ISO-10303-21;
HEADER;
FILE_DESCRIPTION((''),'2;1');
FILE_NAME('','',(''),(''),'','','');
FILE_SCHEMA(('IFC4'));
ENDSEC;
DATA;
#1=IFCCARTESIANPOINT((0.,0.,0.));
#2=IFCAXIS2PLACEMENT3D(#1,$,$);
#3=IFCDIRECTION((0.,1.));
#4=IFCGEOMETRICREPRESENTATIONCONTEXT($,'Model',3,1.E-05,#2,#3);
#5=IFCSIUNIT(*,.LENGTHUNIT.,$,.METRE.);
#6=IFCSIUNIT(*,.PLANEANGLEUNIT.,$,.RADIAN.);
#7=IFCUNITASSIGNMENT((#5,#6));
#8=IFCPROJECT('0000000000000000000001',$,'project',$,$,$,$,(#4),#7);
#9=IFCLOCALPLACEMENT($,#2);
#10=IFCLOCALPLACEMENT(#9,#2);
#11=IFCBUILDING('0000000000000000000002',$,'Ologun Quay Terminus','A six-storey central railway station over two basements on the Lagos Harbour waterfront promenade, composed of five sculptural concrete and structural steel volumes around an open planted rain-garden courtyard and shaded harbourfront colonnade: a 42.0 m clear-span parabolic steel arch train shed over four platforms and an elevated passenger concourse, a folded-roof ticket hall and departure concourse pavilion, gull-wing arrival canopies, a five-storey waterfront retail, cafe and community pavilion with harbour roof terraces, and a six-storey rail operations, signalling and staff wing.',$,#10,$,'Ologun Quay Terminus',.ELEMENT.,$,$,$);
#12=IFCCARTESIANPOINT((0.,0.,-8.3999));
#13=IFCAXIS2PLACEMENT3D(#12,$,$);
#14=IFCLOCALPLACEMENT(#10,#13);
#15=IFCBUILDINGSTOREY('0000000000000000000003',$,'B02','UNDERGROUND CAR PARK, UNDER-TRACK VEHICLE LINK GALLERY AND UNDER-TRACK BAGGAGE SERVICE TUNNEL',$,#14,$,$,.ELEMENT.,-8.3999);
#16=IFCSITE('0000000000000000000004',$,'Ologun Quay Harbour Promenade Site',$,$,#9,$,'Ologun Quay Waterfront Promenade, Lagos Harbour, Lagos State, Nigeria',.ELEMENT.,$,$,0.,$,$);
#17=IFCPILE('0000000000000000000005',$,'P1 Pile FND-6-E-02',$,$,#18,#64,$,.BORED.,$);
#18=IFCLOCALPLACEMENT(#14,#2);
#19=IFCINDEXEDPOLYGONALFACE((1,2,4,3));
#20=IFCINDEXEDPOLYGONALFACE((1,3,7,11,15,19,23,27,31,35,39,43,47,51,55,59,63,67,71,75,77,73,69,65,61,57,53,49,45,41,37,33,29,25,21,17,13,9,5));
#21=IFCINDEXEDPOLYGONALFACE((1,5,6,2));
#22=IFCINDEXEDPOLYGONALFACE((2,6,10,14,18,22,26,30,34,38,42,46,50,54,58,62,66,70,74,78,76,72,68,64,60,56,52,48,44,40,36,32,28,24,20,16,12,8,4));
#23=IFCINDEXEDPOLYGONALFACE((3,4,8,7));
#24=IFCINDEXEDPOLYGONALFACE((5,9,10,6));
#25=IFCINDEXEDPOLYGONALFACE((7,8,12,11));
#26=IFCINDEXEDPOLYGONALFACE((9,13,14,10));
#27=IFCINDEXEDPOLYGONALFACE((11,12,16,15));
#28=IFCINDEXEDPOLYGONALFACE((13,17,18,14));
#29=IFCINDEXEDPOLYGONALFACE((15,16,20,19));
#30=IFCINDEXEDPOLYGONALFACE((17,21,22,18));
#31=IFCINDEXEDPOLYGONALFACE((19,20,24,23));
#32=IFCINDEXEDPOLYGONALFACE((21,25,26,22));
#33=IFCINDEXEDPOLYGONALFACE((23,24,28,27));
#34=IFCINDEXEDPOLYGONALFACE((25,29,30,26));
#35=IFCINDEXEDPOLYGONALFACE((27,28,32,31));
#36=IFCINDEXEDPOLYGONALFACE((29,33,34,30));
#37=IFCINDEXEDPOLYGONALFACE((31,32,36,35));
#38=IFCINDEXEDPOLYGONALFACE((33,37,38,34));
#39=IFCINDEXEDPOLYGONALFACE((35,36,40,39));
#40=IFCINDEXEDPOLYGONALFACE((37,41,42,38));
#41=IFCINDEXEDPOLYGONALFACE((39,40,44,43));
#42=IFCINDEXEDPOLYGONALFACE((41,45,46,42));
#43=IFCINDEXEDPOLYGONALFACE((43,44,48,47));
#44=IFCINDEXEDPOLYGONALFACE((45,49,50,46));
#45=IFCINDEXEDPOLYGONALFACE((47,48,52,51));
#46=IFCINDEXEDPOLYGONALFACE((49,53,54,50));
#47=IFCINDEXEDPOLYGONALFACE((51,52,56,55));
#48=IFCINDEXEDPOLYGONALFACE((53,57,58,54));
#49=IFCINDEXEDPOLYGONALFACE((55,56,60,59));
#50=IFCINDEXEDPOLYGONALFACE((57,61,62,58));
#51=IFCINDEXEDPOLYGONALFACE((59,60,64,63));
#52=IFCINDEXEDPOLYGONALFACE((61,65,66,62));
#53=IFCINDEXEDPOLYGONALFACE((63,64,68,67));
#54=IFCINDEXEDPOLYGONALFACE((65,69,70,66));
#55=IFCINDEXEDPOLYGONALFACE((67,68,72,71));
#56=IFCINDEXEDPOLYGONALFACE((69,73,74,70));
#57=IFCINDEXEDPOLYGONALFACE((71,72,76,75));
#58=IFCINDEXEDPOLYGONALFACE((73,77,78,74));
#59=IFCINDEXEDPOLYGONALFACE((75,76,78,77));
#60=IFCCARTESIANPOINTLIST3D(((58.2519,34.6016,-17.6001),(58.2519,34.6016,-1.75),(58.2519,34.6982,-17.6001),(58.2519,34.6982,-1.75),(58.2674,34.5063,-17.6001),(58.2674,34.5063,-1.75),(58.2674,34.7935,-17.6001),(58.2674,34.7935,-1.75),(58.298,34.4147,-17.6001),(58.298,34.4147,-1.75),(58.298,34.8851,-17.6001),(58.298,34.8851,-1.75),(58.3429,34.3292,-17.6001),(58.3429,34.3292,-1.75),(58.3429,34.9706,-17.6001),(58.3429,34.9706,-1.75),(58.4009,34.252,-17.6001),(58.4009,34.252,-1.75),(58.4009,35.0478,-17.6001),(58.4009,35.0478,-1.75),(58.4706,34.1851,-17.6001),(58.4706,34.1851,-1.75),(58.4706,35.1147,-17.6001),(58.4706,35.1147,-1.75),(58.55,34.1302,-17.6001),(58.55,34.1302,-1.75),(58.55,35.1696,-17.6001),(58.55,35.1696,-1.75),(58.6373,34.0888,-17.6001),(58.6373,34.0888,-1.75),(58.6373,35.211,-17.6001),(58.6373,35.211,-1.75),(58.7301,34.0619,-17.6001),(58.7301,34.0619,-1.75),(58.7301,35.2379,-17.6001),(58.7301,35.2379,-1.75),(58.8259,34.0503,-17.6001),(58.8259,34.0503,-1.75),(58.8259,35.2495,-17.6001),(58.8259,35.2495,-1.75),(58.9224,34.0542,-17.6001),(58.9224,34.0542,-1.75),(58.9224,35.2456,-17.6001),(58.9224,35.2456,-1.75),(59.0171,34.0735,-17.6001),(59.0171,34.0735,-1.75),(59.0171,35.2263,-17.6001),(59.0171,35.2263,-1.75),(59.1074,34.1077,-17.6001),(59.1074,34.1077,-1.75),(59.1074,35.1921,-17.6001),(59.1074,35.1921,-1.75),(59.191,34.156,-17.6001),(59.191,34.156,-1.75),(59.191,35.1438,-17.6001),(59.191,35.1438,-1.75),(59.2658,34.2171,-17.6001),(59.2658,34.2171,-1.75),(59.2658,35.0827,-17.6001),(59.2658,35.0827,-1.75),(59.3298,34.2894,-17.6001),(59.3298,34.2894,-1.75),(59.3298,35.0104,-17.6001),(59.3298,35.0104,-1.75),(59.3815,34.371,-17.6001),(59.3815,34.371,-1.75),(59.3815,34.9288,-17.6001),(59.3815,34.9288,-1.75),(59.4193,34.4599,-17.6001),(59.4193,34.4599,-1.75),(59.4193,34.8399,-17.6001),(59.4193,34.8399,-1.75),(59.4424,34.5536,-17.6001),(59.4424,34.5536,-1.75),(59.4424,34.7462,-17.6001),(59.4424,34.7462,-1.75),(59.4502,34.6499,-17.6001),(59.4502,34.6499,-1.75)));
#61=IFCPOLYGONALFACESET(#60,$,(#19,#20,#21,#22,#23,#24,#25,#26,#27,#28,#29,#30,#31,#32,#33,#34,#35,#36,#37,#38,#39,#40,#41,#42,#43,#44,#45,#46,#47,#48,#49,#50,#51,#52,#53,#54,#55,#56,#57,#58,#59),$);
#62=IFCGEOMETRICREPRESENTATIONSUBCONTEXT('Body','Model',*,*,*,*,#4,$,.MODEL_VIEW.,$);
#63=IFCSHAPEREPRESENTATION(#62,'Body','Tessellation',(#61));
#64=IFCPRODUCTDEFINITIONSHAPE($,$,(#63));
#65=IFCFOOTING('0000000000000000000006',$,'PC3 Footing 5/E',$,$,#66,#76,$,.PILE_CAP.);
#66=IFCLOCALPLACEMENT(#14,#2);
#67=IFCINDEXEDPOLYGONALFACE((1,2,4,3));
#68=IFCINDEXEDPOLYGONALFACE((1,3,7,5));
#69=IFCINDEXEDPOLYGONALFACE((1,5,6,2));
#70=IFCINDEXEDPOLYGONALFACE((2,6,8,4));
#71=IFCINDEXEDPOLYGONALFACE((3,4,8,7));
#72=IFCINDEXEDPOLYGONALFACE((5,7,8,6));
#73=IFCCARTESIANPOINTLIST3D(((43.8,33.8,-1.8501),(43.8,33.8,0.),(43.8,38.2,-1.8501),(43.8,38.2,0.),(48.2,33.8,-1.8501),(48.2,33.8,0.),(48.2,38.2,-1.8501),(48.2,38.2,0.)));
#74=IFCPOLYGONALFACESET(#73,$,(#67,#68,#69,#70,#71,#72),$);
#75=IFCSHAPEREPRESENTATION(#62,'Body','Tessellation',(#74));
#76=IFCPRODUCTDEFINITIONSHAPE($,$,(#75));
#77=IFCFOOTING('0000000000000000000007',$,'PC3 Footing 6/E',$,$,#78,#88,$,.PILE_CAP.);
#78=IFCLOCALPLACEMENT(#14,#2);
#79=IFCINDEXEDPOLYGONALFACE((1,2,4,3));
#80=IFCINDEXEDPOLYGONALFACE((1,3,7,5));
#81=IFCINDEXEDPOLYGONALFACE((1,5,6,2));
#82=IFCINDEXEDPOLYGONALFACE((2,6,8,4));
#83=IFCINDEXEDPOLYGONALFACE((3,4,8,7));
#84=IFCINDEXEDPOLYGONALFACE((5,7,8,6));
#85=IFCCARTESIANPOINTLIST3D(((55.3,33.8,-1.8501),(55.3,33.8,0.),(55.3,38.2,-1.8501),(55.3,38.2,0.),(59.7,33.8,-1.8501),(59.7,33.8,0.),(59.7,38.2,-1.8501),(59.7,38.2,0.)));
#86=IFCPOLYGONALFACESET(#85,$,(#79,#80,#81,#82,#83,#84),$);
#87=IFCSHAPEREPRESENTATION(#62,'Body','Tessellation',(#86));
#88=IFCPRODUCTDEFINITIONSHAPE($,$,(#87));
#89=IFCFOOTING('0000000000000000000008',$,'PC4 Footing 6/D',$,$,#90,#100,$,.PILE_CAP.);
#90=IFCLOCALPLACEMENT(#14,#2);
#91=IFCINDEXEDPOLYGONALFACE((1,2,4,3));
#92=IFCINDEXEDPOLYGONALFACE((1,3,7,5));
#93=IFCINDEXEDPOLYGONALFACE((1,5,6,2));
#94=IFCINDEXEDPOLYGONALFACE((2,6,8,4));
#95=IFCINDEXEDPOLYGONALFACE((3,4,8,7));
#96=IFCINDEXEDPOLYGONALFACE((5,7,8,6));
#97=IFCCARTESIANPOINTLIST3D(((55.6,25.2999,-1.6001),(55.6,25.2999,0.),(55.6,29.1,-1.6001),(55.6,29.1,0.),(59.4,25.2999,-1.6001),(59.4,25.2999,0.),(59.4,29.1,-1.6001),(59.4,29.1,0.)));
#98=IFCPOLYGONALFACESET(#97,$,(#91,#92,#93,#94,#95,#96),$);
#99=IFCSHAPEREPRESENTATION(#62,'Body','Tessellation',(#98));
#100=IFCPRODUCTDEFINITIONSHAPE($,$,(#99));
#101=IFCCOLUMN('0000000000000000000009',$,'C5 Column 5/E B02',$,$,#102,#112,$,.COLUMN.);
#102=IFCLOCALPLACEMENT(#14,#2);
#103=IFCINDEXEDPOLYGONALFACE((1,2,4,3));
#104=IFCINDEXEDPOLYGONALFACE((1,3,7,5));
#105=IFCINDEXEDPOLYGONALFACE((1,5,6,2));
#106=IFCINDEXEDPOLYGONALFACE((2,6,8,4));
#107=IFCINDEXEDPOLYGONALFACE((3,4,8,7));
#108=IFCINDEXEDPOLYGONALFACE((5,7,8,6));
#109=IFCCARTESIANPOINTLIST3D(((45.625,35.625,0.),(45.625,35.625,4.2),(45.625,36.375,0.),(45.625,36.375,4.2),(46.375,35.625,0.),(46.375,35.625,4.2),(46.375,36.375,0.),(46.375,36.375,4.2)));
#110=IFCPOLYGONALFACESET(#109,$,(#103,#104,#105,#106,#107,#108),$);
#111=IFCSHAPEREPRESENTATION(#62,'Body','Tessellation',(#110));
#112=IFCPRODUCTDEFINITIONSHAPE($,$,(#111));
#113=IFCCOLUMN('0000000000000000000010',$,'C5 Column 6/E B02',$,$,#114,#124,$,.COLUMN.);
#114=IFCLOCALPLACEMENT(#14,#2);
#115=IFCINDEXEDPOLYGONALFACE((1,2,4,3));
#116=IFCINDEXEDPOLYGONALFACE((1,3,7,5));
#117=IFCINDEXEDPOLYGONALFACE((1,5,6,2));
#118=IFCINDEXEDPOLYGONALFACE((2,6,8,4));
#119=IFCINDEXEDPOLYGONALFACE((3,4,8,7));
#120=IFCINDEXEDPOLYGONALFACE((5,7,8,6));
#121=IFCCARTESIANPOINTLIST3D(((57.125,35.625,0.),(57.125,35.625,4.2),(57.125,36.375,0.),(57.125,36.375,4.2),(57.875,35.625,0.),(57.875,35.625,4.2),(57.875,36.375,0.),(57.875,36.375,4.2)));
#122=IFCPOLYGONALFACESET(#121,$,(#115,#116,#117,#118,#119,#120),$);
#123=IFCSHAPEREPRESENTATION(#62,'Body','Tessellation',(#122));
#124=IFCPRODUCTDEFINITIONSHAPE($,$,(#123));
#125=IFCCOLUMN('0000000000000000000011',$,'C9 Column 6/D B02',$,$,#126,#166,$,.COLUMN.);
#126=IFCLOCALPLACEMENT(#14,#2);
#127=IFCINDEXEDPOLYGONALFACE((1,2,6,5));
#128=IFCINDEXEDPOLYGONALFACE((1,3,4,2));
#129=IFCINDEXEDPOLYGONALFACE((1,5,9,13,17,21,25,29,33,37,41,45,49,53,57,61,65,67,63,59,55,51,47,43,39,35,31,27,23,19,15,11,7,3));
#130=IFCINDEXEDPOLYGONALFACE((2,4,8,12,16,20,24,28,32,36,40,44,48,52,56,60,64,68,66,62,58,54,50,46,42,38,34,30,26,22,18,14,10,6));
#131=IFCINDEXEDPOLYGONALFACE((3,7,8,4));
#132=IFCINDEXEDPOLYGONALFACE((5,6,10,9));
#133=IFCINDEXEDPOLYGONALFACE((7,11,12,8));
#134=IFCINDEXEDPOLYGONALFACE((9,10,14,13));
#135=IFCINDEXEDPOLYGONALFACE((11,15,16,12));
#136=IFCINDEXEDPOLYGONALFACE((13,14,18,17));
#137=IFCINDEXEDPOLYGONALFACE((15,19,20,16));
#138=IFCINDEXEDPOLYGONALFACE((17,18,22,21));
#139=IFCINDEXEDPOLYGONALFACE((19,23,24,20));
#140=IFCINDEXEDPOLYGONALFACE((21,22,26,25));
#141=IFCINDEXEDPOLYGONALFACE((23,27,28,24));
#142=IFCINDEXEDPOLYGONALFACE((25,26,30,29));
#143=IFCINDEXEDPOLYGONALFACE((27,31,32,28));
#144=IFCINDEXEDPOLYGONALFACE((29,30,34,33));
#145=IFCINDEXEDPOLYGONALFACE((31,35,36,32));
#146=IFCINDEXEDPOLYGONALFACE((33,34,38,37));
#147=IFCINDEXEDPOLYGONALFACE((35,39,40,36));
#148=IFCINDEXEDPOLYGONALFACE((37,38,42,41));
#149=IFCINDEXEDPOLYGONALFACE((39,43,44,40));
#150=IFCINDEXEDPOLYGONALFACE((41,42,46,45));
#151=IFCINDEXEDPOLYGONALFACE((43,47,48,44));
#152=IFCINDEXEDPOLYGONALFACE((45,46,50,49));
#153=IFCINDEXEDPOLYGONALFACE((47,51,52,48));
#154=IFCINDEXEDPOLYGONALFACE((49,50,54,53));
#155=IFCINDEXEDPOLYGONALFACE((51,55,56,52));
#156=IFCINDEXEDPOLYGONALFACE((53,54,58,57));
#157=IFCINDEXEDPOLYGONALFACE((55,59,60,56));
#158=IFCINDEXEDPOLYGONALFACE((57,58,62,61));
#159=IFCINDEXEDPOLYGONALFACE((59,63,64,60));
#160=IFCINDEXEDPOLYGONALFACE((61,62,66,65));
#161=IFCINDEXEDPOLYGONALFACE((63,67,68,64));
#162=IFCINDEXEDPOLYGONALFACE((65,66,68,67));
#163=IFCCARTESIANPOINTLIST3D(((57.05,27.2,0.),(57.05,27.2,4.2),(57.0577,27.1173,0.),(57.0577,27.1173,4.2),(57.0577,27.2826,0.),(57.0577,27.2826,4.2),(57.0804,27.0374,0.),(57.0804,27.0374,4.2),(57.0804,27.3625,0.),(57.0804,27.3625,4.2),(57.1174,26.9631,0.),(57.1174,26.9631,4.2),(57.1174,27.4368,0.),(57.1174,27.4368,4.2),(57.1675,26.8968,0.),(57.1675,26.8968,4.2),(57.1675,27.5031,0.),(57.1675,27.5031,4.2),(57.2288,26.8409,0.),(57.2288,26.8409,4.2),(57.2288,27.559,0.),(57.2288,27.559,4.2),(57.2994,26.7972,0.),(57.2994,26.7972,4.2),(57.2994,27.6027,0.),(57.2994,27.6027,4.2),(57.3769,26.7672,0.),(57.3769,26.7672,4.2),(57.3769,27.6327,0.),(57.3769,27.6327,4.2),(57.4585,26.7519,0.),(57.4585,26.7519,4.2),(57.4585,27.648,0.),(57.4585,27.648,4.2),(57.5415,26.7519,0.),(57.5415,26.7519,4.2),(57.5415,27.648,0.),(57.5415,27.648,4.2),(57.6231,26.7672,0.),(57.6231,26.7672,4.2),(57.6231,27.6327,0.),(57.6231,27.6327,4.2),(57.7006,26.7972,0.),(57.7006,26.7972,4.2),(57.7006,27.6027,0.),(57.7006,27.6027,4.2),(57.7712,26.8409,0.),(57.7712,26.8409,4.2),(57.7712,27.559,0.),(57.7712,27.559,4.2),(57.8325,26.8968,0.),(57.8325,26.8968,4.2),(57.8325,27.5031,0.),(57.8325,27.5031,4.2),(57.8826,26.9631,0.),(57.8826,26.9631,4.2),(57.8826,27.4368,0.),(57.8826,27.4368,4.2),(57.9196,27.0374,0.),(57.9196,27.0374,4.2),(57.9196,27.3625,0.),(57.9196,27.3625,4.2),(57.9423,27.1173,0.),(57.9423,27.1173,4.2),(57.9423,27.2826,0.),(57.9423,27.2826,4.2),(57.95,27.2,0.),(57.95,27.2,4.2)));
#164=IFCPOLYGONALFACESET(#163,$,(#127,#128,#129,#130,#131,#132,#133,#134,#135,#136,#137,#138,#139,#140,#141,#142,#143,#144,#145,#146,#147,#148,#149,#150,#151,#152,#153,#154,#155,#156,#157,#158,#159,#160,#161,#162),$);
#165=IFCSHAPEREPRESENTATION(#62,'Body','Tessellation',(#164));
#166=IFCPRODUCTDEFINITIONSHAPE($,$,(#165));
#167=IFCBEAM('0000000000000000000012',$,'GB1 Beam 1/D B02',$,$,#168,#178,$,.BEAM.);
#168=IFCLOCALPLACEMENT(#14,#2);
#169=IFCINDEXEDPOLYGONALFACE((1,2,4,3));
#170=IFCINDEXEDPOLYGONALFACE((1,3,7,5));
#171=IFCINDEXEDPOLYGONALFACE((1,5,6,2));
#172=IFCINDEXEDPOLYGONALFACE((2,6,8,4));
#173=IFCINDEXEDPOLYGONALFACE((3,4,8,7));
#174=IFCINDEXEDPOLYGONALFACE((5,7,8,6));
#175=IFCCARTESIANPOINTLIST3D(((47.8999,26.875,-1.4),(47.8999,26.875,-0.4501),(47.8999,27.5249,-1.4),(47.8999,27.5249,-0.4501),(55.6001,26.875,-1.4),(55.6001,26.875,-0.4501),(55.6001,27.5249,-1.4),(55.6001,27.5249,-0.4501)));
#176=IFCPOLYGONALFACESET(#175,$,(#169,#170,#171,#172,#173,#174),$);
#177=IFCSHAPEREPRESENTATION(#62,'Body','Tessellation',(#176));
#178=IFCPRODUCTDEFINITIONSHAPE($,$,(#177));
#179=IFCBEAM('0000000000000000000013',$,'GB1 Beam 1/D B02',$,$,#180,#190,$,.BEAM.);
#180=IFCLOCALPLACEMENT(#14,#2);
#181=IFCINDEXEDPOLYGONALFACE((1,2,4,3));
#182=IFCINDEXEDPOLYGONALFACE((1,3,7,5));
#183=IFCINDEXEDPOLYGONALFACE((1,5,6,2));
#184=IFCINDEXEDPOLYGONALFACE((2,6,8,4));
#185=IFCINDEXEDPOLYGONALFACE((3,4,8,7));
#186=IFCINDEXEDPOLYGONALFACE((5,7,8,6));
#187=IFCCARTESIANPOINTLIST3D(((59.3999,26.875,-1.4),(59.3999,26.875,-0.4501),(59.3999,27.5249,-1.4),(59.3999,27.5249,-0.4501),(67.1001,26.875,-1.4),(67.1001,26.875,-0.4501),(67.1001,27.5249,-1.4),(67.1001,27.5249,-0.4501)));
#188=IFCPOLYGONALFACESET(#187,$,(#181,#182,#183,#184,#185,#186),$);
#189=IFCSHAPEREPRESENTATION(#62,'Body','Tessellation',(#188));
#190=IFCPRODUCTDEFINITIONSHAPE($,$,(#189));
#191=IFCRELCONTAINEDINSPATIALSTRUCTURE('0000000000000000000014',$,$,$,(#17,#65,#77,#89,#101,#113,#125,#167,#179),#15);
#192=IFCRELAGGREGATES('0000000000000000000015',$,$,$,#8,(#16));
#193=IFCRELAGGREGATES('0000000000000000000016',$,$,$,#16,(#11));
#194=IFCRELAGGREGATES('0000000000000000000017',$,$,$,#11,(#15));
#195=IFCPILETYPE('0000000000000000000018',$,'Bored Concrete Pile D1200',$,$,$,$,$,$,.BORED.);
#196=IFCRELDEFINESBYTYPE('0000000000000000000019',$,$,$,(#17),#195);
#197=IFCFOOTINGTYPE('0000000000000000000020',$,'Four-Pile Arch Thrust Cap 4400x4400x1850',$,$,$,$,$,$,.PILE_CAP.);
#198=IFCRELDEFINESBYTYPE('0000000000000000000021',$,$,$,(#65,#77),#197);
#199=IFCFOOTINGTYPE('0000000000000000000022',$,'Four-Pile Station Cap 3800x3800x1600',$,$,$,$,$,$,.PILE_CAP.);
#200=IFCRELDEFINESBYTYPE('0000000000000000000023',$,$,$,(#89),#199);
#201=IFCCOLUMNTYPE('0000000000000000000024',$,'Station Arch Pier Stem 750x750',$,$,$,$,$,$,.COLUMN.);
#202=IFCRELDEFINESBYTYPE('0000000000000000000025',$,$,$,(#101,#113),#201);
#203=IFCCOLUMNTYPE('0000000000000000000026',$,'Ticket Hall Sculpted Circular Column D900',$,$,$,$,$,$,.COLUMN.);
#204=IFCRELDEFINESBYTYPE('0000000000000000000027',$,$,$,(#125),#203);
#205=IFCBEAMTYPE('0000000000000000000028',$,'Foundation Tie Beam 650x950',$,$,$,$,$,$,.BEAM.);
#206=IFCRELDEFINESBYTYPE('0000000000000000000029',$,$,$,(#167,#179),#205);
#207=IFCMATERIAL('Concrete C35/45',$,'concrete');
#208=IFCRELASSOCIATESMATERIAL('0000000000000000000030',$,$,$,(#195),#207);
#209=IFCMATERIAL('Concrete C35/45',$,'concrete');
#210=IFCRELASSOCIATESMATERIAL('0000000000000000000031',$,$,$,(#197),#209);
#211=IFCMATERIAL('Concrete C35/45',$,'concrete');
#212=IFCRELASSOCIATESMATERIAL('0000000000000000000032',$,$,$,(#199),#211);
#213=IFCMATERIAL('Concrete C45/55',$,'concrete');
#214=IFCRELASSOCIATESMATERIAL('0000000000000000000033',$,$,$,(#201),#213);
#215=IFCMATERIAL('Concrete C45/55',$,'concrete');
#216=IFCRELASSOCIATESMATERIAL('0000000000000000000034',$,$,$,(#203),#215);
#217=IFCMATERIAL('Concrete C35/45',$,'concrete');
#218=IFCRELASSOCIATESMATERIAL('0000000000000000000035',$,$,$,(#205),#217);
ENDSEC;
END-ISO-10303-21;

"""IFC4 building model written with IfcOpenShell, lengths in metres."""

from ifc_helpers import new_model, si_unit, direction, frame, origin, origin_2d, place, context, subcontext, project, spatial, rectangle, circle, extrude, material, material_profile, profile_set, type_object, element, save


model = new_model("IFC4")

# Units and contexts
model_context = context("Model", 3, precision=1e-05, world=origin(), true_north=direction((0.0, 1.0)))
body_context = subcontext(model_context, "Body", "Model", "MODEL_VIEW")
ifc_project = project(units=[si_unit("LENGTHUNIT", "METRE"), si_unit("PLANEANGLEUNIT", "RADIAN")], contexts=[model_context])

# Site, building, storey
site_placement = place(None, origin())
site = spatial("IfcSite", under=ifc_project, at=site_placement, Name="Ologun Quay Harbour Promenade Site", LongName="Ologun Quay Waterfront Promenade, Lagos Harbour, Lagos State, Nigeria", CompositionType="ELEMENT", RefElevation=0.0)
building_placement = place(site_placement, origin())
building = spatial("IfcBuilding", under=site, at=building_placement, Name="Ologun Quay Terminus", Description="A six-storey central railway station over two basements on the Lagos Harbour waterfront promenade, composed of five sculptural concrete and structural steel volumes around an open planted rain-garden courtyard and shaded harbourfront colonnade: a 42.0 m clear-span parabolic steel arch train shed over four platforms and an elevated passenger concourse, a folded-roof ticket hall and departure concourse pavilion, gull-wing arrival canopies, a five-storey waterfront retail, cafe and community pavilion with harbour roof terraces, and a six-storey rail operations, signalling and staff wing.", LongName="Ologun Quay Terminus", CompositionType="ELEMENT")
storey_placement = place(building_placement, frame((0.0, 0.0, -8.3999)))
storey = spatial("IfcBuildingStorey", under=building, at=storey_placement, Name="B02", Description="UNDERGROUND CAR PARK, UNDER-TRACK VEHICLE LINK GALLERY AND UNDER-TRACK BAGGAGE SERVICE TUNNEL", CompositionType="ELEMENT", Elevation=-8.3999)

# Pile
ifc_material_1 = material(Name="Concrete C35/45", Category="concrete")
ifc_material_profile_1 = material_profile(ifc_material_1, circle(Radius=0.6001, at=origin_2d()), Name="PILE D1200")
ifc_profile_set_1 = profile_set([ifc_material_profile_1], Name="Concrete C35/45")
pile_type_1 = type_object("IfcPileType", Name="Bored Concrete Pile D1200", PredefinedType="BORED", material=ifc_profile_set_1)
for number, where, z_axis, x_axis, name in (
    (1, (58.8501, 34.6499, -1.75), (0.0, 0.0, -1.0), (1.0, 0.0, 0.0), "P1 Pile FND-6-E-02"),
):
    element("IfcPile", number, at=place(storey_placement, frame(where, z_axis=z_axis, x_axis=x_axis)), inside=storey, type_object=pile_type_1, Name=name, PredefinedType="BORED", context=body_context, shape_type="SweptSolid", body=[
        extrude(circle(Radius=0.6001, at=origin_2d()), origin(), (0.0, 0.0, 1.0), 15.8501),
    ])

# Footings
ifc_material_2 = material(Name="Concrete C35/45", Category="concrete")
footing_type_1 = type_object("IfcFootingType", Name="Four-Pile Arch Thrust Cap 4400x4400x1850", PredefinedType="PILE_CAP", material=ifc_material_2)
for number, where, z_axis, x_axis, name in (
    (2, (46.0, 36.0, -1.8501), (0.0, 0.0, 1.0), (1.0, 0.0, 0.0), "PC3 Footing 5/E"),
    (3, (57.5, 36.0, -1.8501), (0.0, 0.0, 1.0), (1.0, 0.0, 0.0), "PC3 Footing 6/E"),
):
    element("IfcFooting", number, at=place(storey_placement, frame(where, z_axis=z_axis, x_axis=x_axis)), inside=storey, type_object=footing_type_1, Name=name, PredefinedType="PILE_CAP", context=body_context, shape_type="SweptSolid", body=[
        extrude(rectangle(XDim=4.3999, YDim=4.3999, at=origin_2d()), origin(), (0.0, 0.0, 1.0), 1.8501),
    ])
ifc_material_3 = material(Name="Concrete C35/45", Category="concrete")
footing_type_2 = type_object("IfcFootingType", Name="Four-Pile Station Cap 3800x3800x1600", PredefinedType="PILE_CAP", material=ifc_material_3)
footing_placement = place(storey_placement, frame((57.5, 27.2, -1.6001), z_axis=(0.0, 0.0, 1.0), x_axis=(1.0, 0.0, 0.0)))
element("IfcFooting", 4, at=footing_placement, inside=storey, type_object=footing_type_2, Name="PC4 Footing 6/D", PredefinedType="PILE_CAP", context=body_context, shape_type="SweptSolid", body=[
    extrude(rectangle(XDim=3.8, YDim=3.8, at=origin_2d()), origin(), (0.0, 0.0, 1.0), 1.6001),
])

# Columns
ifc_material_4 = material(Name="Concrete C45/55", Category="concrete")
ifc_material_profile_2 = material_profile(ifc_material_4, rectangle(XDim=0.75, YDim=0.75, at=origin_2d()), Name="RC 750x750")
ifc_profile_set_2 = profile_set([ifc_material_profile_2], Name="Concrete C45/55")
column_type_1 = type_object("IfcColumnType", Name="Station Arch Pier Stem 750x750", PredefinedType="COLUMN", material=ifc_profile_set_2)
for number, where, z_axis, x_axis, name in (
    (5, (46.0, 36.0, 0.0), (0.0, 0.0, 1.0), (1.0, 0.0, 0.0), "C5 Column 5/E B02"),
    (6, (57.5, 36.0, 0.0), (0.0, 0.0, 1.0), (1.0, 0.0, 0.0), "C5 Column 6/E B02"),
):
    element("IfcColumn", number, at=place(storey_placement, frame(where, z_axis=z_axis, x_axis=x_axis)), inside=storey, type_object=column_type_1, Name=name, PredefinedType="COLUMN", context=body_context, shape_type="SweptSolid", body=[
        extrude(rectangle(XDim=0.75, YDim=0.75, at=origin_2d()), origin(), (0.0, 0.0, 1.0), 4.2),
    ])
ifc_material_5 = material(Name="Concrete C45/55", Category="concrete")
ifc_material_profile_3 = material_profile(ifc_material_5, circle(Radius=0.45, at=origin_2d()), Name="RC D900")
ifc_profile_set_3 = profile_set([ifc_material_profile_3], Name="Concrete C45/55")
column_type_2 = type_object("IfcColumnType", Name="Ticket Hall Sculpted Circular Column D900", PredefinedType="COLUMN", material=ifc_profile_set_3)
column_placement = place(storey_placement, frame((57.5, 27.2, 0.0), z_axis=(0.0, 0.0, 1.0), x_axis=(1.0, 0.0, 0.0)))
element("IfcColumn", 7, at=column_placement, inside=storey, type_object=column_type_2, Name="C9 Column 6/D B02", PredefinedType="COLUMN", context=body_context, shape_type="SweptSolid", body=[
    extrude(circle(Radius=0.45, at=origin_2d()), origin(), (0.0, 0.0, 1.0), 4.2),
])

# Beams
ifc_material_6 = material(Name="Concrete C35/45", Category="concrete")
ifc_material_profile_4 = material_profile(ifc_material_6, rectangle(XDim=0.6499, YDim=0.95, at=origin_2d()), Name="RC 650x950")
ifc_profile_set_4 = profile_set([ifc_material_profile_4], Name="Concrete C35/45")
beam_type_1 = type_object("IfcBeamType", Name="Foundation Tie Beam 650x950", PredefinedType="BEAM", material=ifc_profile_set_4)
for number, where, z_axis, x_axis, name in (
    (8, (47.8999, 27.2, -0.925), (1.0, 0.0, 0.0), (0.0, 1.0, 0.0), "GB1 Beam 1/D B02"),
    (9, (59.3999, 27.2, -0.925), (1.0, 0.0, 0.0), (0.0, 1.0, 0.0), "GB1 Beam 1/D B02"),
):
    element("IfcBeam", number, at=place(storey_placement, frame(where, z_axis=z_axis, x_axis=x_axis)), inside=storey, type_object=beam_type_1, Name=name, PredefinedType="BEAM", context=body_context, shape_type="SweptSolid", body=[
        extrude(rectangle(XDim=0.6499, YDim=0.95, at=origin_2d()), origin(), (0.0, 0.0, 1.0), 7.7002),
    ])

save(model, "model.ifc")
